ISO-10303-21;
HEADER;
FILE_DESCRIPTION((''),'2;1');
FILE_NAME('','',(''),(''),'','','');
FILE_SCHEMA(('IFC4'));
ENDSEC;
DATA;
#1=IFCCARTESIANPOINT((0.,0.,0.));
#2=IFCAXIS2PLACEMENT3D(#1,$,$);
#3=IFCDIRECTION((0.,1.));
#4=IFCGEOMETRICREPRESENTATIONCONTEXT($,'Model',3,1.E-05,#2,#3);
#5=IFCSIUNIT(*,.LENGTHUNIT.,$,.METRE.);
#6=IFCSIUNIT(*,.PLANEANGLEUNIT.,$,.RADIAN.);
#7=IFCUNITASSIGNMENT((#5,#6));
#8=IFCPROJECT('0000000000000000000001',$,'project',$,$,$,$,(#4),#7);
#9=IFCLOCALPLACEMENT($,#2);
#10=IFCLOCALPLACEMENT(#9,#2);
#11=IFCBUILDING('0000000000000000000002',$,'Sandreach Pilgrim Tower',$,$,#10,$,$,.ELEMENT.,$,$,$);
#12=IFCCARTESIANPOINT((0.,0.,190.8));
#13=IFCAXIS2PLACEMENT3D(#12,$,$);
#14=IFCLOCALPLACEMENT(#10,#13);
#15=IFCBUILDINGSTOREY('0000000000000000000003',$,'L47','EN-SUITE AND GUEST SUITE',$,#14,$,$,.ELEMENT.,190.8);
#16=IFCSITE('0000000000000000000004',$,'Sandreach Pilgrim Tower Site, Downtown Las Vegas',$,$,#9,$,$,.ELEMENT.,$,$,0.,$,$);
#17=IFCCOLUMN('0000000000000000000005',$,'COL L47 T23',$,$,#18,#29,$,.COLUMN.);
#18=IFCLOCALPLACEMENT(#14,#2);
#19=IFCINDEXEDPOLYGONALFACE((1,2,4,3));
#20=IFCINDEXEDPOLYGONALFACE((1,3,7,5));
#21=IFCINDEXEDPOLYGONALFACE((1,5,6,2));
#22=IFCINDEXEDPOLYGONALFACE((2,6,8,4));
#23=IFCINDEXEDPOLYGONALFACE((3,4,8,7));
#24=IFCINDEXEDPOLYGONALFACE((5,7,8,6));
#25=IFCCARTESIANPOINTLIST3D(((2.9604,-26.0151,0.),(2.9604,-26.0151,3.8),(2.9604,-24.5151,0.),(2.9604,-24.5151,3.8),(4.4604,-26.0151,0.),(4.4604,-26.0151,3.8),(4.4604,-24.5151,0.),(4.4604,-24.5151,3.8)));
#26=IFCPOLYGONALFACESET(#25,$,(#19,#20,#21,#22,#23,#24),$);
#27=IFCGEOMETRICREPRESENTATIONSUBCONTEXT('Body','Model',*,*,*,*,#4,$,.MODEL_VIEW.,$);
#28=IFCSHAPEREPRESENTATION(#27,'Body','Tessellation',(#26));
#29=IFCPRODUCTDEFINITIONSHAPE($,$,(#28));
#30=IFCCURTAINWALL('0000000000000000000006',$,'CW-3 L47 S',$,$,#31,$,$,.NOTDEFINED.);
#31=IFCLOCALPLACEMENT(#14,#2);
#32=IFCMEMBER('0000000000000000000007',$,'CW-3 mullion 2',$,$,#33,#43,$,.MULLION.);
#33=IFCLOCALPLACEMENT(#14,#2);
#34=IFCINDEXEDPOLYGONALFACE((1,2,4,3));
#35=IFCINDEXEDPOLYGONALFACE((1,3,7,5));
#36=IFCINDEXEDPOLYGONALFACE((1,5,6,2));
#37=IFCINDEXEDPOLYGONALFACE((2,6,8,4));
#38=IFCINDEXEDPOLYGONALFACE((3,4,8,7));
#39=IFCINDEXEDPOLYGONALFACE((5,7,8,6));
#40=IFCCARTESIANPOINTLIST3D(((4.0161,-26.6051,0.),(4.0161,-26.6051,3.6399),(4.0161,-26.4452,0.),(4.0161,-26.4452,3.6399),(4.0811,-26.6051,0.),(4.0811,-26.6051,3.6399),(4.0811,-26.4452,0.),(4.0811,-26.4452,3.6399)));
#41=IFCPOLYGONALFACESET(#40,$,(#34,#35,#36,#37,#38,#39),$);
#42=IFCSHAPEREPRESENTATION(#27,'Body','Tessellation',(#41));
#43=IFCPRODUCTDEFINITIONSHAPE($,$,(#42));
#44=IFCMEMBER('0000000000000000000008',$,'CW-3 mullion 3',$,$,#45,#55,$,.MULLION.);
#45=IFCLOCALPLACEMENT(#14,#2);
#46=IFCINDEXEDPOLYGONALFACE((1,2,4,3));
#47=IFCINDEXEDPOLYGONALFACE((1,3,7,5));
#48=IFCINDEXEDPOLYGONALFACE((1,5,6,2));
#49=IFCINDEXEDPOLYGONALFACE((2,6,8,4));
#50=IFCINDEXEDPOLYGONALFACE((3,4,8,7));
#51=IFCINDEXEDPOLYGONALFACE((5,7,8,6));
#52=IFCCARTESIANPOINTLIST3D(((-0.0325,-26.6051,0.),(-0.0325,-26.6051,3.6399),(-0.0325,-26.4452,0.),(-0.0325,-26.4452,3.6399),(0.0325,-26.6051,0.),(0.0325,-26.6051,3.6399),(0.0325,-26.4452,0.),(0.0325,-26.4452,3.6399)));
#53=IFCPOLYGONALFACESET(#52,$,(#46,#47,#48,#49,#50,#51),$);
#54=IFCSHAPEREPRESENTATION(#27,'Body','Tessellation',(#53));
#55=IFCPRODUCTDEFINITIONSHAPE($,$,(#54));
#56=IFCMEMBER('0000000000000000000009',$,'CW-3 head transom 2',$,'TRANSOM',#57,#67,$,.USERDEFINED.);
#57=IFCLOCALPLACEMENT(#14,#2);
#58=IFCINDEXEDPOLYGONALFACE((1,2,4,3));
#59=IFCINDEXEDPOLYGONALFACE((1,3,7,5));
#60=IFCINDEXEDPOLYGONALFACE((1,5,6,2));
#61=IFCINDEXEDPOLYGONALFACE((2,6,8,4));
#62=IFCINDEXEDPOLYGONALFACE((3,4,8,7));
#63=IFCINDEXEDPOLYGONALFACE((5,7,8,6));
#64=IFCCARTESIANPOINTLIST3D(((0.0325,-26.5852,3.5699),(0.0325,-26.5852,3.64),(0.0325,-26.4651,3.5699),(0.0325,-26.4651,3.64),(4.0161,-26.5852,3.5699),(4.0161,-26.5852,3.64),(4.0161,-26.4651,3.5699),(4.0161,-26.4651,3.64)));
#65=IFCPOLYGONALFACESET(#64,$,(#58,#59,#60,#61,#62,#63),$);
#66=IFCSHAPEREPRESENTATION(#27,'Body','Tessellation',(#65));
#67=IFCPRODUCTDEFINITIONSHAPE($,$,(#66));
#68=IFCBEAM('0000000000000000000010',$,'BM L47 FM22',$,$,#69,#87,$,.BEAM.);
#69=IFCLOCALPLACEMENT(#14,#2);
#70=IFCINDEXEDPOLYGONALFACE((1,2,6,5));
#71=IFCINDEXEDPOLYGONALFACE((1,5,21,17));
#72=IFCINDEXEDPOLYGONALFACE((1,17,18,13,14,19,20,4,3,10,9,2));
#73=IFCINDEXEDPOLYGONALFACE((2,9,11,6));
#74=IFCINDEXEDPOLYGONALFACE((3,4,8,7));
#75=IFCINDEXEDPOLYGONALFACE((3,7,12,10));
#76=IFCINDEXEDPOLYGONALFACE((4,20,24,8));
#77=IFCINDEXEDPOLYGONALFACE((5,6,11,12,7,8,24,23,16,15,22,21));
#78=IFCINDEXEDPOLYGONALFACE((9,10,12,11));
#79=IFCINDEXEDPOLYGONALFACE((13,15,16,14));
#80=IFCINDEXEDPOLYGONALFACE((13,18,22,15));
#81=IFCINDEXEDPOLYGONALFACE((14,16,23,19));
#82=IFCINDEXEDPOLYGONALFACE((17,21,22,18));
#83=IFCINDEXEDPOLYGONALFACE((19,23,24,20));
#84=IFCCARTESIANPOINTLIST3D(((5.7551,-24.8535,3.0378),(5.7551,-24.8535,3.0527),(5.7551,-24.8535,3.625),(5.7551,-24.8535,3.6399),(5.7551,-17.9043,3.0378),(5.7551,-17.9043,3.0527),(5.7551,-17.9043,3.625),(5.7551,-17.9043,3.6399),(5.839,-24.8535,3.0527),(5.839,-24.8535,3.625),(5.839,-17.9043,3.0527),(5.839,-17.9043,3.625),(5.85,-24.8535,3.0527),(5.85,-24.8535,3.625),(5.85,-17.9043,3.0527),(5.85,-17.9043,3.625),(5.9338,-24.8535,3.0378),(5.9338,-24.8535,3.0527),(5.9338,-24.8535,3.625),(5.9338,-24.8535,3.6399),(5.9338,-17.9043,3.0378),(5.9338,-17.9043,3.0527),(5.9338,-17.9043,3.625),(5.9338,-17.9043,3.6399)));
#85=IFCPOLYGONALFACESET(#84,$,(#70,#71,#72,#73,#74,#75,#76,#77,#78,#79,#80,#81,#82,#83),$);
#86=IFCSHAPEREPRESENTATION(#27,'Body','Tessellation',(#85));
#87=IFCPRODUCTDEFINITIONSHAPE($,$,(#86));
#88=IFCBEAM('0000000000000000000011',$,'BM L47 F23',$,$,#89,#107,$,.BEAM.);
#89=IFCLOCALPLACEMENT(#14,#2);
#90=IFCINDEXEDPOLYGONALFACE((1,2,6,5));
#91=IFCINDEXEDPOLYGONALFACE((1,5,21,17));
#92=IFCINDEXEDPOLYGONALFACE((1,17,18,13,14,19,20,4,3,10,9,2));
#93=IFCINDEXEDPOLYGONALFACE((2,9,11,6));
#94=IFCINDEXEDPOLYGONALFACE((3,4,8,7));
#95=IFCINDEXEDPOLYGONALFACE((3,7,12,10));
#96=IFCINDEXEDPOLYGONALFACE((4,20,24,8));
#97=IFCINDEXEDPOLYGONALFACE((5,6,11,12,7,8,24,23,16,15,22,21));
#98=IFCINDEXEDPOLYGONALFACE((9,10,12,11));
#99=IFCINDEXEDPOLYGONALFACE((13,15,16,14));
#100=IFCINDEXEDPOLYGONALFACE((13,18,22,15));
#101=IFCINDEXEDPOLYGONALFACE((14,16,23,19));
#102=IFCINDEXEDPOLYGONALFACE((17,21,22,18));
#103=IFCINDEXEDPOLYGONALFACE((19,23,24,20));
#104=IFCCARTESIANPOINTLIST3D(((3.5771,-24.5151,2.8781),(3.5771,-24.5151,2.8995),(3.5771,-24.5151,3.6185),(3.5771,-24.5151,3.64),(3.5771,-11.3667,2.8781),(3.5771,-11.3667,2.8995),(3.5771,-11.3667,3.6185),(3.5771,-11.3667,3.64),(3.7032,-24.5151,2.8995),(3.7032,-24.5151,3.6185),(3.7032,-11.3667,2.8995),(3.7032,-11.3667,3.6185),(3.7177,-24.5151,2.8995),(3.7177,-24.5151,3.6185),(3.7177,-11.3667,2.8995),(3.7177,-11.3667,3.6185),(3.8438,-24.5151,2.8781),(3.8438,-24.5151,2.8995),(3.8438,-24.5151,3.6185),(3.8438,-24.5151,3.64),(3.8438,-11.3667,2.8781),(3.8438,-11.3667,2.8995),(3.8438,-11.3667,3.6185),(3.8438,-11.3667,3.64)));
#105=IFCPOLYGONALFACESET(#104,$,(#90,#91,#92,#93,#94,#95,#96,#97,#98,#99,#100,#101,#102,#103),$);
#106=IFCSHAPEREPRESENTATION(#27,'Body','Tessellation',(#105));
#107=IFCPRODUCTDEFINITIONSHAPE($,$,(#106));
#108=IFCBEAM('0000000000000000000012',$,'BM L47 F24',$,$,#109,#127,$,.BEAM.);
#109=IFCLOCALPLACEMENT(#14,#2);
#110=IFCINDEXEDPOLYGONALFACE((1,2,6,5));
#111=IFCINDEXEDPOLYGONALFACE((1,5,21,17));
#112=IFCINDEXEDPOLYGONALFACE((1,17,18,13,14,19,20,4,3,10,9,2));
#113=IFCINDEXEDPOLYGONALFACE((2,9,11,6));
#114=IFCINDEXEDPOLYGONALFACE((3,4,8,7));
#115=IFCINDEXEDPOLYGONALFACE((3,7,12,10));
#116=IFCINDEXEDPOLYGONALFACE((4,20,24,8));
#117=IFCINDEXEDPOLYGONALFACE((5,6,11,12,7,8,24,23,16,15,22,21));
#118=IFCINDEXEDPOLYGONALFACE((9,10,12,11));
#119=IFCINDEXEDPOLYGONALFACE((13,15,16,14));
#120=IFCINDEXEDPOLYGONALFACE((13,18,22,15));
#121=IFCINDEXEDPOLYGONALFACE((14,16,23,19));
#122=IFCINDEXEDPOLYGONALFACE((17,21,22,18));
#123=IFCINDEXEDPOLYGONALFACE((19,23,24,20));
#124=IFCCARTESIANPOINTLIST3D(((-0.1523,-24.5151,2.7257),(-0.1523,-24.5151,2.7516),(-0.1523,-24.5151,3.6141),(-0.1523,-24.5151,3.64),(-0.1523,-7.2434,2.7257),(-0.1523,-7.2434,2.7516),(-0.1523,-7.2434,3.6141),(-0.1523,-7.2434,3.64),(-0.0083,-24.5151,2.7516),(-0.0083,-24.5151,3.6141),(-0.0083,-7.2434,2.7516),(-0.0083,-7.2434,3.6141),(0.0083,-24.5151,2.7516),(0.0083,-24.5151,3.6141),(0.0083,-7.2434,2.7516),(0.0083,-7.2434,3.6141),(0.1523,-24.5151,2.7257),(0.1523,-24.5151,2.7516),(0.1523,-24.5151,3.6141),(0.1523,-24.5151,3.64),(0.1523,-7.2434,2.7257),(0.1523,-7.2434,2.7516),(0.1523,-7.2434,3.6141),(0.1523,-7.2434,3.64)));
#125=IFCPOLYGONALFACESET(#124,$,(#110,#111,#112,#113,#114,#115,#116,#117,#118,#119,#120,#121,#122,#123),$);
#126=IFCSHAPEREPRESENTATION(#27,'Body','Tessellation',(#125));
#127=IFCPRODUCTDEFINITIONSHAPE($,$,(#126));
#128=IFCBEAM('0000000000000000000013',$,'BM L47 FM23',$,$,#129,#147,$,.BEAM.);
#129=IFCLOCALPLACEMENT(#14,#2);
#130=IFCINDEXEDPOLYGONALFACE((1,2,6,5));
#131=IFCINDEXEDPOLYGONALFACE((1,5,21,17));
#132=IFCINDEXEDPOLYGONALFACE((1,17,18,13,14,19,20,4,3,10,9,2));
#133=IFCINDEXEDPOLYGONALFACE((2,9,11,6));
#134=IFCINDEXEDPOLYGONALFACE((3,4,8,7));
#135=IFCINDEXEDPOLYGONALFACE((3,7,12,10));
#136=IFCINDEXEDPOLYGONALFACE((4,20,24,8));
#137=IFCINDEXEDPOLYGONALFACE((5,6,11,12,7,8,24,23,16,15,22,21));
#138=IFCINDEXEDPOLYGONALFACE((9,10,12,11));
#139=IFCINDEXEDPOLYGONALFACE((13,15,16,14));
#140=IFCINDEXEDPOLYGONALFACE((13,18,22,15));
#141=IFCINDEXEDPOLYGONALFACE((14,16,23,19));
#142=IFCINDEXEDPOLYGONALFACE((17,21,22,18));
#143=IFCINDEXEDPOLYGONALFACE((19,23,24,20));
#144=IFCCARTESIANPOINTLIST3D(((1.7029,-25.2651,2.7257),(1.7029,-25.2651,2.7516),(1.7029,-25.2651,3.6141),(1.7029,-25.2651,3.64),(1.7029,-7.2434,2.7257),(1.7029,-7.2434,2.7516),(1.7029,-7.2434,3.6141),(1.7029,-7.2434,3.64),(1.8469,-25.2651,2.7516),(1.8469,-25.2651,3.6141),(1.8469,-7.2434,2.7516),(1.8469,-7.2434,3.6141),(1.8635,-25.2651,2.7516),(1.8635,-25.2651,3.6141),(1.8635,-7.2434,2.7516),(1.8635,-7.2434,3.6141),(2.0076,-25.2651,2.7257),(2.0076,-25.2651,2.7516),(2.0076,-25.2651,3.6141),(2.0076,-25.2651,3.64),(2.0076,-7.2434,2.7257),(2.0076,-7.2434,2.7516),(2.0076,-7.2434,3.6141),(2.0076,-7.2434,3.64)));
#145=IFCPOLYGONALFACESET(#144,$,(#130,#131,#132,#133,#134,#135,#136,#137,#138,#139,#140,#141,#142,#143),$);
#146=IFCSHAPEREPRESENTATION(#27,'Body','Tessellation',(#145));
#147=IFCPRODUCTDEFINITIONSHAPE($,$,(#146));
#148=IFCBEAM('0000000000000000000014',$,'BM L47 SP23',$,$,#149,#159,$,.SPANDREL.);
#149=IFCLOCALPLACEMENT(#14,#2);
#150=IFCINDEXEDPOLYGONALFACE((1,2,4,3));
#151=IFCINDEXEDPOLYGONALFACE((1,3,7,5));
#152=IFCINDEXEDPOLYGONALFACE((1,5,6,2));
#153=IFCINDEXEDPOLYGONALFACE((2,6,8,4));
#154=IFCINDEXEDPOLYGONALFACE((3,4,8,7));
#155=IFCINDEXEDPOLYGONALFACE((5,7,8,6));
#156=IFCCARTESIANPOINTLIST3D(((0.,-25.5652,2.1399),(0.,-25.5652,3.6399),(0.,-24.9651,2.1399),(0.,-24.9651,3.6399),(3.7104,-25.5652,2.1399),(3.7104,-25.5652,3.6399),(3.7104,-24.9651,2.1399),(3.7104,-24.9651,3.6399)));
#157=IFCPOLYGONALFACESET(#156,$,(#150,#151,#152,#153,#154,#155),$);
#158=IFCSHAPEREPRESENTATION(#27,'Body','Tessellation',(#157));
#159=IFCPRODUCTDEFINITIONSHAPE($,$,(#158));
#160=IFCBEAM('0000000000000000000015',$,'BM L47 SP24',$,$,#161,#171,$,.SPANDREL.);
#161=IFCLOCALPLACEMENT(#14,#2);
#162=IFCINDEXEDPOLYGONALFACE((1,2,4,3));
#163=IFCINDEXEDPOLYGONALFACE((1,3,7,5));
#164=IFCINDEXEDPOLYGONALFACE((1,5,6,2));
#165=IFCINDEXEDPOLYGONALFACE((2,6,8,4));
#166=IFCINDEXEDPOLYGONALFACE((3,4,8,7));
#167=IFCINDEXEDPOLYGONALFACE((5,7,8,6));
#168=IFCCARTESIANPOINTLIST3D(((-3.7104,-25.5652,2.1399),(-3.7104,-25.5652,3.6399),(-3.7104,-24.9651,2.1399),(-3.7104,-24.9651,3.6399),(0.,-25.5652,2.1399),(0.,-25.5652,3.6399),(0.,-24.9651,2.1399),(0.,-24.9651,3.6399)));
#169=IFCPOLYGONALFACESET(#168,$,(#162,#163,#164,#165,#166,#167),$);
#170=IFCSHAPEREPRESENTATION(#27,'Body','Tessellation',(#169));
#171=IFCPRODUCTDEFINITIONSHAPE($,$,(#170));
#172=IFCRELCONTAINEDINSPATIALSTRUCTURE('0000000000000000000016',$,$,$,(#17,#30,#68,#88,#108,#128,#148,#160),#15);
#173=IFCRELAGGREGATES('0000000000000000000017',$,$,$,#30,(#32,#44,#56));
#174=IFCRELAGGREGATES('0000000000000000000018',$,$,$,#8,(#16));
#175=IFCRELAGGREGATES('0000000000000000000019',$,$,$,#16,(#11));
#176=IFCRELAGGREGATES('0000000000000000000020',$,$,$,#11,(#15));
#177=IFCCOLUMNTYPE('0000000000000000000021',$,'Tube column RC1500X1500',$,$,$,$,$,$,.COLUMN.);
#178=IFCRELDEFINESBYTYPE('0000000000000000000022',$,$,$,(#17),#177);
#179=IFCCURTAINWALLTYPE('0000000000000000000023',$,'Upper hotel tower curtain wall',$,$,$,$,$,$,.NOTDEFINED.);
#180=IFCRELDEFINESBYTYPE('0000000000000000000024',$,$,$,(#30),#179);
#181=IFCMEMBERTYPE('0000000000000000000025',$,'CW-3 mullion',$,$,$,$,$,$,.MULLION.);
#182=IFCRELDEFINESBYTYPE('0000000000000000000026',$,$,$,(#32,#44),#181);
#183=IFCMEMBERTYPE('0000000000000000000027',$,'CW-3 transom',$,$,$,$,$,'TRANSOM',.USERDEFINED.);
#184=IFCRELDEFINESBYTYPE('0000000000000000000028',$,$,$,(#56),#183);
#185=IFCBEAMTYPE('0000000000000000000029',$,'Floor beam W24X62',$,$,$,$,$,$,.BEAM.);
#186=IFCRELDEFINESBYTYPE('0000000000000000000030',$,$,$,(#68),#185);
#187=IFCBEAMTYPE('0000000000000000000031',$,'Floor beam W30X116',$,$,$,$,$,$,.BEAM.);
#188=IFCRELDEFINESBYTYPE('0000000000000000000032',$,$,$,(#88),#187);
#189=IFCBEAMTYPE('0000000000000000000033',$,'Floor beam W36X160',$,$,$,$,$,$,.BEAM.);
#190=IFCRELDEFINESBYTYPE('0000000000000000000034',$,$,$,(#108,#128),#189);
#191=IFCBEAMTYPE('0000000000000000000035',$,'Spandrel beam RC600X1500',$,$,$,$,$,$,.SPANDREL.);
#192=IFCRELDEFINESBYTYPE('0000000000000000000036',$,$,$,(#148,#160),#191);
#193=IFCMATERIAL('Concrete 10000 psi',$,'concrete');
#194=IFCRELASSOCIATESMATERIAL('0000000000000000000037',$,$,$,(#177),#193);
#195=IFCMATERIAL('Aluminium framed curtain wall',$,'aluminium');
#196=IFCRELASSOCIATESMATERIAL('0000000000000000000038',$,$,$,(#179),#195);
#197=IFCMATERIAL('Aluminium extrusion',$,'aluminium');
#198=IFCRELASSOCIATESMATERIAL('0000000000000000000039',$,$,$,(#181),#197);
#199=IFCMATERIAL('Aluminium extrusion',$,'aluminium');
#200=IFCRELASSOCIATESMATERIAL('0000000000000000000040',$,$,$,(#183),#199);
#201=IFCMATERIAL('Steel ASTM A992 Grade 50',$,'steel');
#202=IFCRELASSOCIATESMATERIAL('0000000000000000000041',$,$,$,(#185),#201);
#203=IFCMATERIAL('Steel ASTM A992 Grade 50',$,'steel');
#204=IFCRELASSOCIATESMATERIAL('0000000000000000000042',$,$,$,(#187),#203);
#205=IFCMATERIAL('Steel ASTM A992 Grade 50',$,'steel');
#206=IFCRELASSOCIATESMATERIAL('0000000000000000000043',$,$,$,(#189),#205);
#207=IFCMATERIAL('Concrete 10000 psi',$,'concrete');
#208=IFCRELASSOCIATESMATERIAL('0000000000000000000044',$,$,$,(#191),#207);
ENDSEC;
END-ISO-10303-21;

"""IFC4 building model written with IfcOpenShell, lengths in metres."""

from ifc_helpers import new_model, si_unit, direction, frame, origin, origin_2d, place, context, subcontext, project, spatial, rectangle, i_section, extrude, material, material_profile, profile_set, type_object, element, aggregate, save


model = new_model("IFC4")

# Units and contexts
model_context = context("Model", 3, precision=1e-05, world=origin(), true_north=direction((0.0, 1.0)))
body_context = subcontext(model_context, "Body", "Model", "MODEL_VIEW")
ifc_project = project(units=[si_unit("LENGTHUNIT", "METRE"), si_unit("PLANEANGLEUNIT", "RADIAN")], contexts=[model_context])

# Site, building, storey
site_placement = place(None, origin())
site = spatial("IfcSite", under=ifc_project, at=site_placement, Name="Sandreach Pilgrim Tower Site, Downtown Las Vegas", CompositionType="ELEMENT", RefElevation=0.0)
building_placement = place(site_placement, origin())
building = spatial("IfcBuilding", under=site, at=building_placement, Name="Sandreach Pilgrim Tower", CompositionType="ELEMENT")
storey_placement = place(building_placement, frame((0.0, 0.0, 190.8)))
storey = spatial("IfcBuildingStorey", under=building, at=storey_placement, Name="L47", Description="EN-SUITE AND GUEST SUITE", CompositionType="ELEMENT", Elevation=190.8)

# Column
ifc_material_1 = material(Name="Concrete 10000 psi", Category="concrete")
ifc_material_profile_1 = material_profile(ifc_material_1, rectangle(XDim=1.5, YDim=1.5, at=origin_2d()), Name="RC1500X1500")
ifc_profile_set_1 = profile_set([ifc_material_profile_1], Name="Concrete 10000 psi")
column_type = type_object("IfcColumnType", Name="Tube column RC1500X1500", PredefinedType="COLUMN", material=ifc_profile_set_1)
column_placement = place(storey_placement, frame((3.7104, -25.2651, 0.0), z_axis=(0.0, 0.0, 1.0), x_axis=(0.0, -1.0, 0.0)))
element("IfcColumn", 1, at=column_placement, inside=storey, type_object=column_type, Name="COL L47 T23", PredefinedType="COLUMN", context=body_context, shape_type="SweptSolid", body=[
    extrude(rectangle(XDim=1.5, YDim=1.5, at=origin_2d()), origin(), (0.0, 0.0, 1.0), 3.8),
])

# Curtain wall, members
ifc_material_2 = material(Name="Aluminium framed curtain wall", Category="aluminium")
curtain_wall_type = type_object("IfcCurtainWallType", Name="Upper hotel tower curtain wall", PredefinedType="NOTDEFINED", material=ifc_material_2)
curtain_wall_placement = place(storey_placement, origin())
curtain_wall = element("IfcCurtainWall", 2, at=curtain_wall_placement, inside=storey, type_object=curtain_wall_type, Name="CW-3 L47 S", PredefinedType="NOTDEFINED")
ifc_material_3 = material(Name="Aluminium extrusion", Category="aluminium")
ifc_material_profile_2 = material_profile(ifc_material_3, rectangle(XDim=0.0649, YDim=0.1599, at=origin_2d()), Name="CW-3M 65X160")
ifc_profile_set_2 = profile_set([ifc_material_profile_2], Name="Aluminium extrusion")
member_type_1 = type_object("IfcMemberType", Name="CW-3 mullion", PredefinedType="MULLION", material=ifc_profile_set_2)
member_1_placement = place(storey_placement, frame((4.0486, -26.5251, 0.0), z_axis=(0.0, 0.0, 1.0), x_axis=(-1.0, 0.0, 0.0)))
member_1 = element("IfcMember", 3, at=member_1_placement, type_object=member_type_1, Name="CW-3 mullion 2", PredefinedType="MULLION", context=body_context, shape_type="SweptSolid", body=[
    extrude(rectangle(XDim=0.0649, YDim=0.1599, at=origin_2d()), origin(), (0.0, 0.0, 1.0), 3.6399),
])
member_2_placement = place(storey_placement, frame((0.0, -26.5251, 0.0), z_axis=(0.0, 0.0, 1.0), x_axis=(-1.0, 0.0, 0.0)))
member_2 = element("IfcMember", 4, at=member_2_placement, type_object=member_type_1, Name="CW-3 mullion 3", PredefinedType="MULLION", context=body_context, shape_type="SweptSolid", body=[
    extrude(rectangle(XDim=0.0649, YDim=0.1599, at=origin_2d()), origin(), (0.0, 0.0, 1.0), 3.6399),
])
ifc_material_4 = material(Name="Aluminium extrusion", Category="aluminium")
ifc_material_profile_3 = material_profile(ifc_material_4, rectangle(XDim=0.1201, YDim=0.0701, at=origin_2d()), Name="CW-3T 120X70")
ifc_profile_set_3 = profile_set([ifc_material_profile_3], Name="Aluminium extrusion")
member_type_2 = type_object("IfcMemberType", Name="CW-3 transom", ElementType="TRANSOM", PredefinedType="USERDEFINED", material=ifc_profile_set_3)
member_3_placement = place(storey_placement, frame((4.0161, -26.5251, 3.605), z_axis=(-1.0, 0.0, 0.0), x_axis=(0.0, -1.0, 0.0)))
member_3 = element("IfcMember", 5, at=member_3_placement, type_object=member_type_2, Name="CW-3 head transom 2", ObjectType="TRANSOM", PredefinedType="USERDEFINED", context=body_context, shape_type="SweptSolid", body=[
    extrude(rectangle(XDim=0.1201, YDim=0.0701, at=origin_2d()), origin(), (0.0, 0.0, 1.0), 3.9836),
])

# Beams
ifc_material_5 = material(Name="Steel ASTM A992 Grade 50", Category="steel")
ifc_material_profile_4 = material_profile(ifc_material_5, i_section(OverallWidth=0.1787, OverallDepth=0.6021, WebThickness=0.011, FlangeThickness=0.0149, at=origin_2d()), Name="W24X62")
ifc_profile_set_4 = profile_set([ifc_material_profile_4], Name="Steel ASTM A992 Grade 50")
beam_type_1 = type_object("IfcBeamType", Name="Floor beam W24X62", PredefinedType="BEAM", material=ifc_profile_set_4)
beam_1_placement = place(storey_placement, frame((5.8445, -24.8535, 3.3389), z_axis=(0.0, 1.0, 0.0), x_axis=(-1.0, 0.0, 0.0)))
element("IfcBeam", 6, at=beam_1_placement, inside=storey, type_object=beam_type_1, Name="BM L47 FM22", PredefinedType="BEAM", context=body_context, shape_type="SweptSolid", body=[
    extrude(i_section(OverallWidth=0.1787, OverallDepth=0.6021, WebThickness=0.011, FlangeThickness=0.0149, at=origin_2d()), origin(), (0.0, 0.0, 1.0), 6.9492),
])
ifc_material_6 = material(Name="Steel ASTM A992 Grade 50", Category="steel")
ifc_material_profile_5 = material_profile(ifc_material_6, i_section(OverallWidth=0.2666, OverallDepth=0.762, WebThickness=0.0144, FlangeThickness=0.0215, at=origin_2d()), Name="W30X116")
ifc_profile_set_5 = profile_set([ifc_material_profile_5], Name="Steel ASTM A992 Grade 50")
beam_type_2 = type_object("IfcBeamType", Name="Floor beam W30X116", PredefinedType="BEAM", material=ifc_profile_set_5)
beam_2_placement = place(storey_placement, frame((3.7104, -24.5151, 3.259), z_axis=(0.0, 1.0, 0.0), x_axis=(-1.0, 0.0, 0.0)))
element("IfcBeam", 7, at=beam_2_placement, inside=storey, type_object=beam_type_2, Name="BM L47 F23", PredefinedType="BEAM", context=body_context, shape_type="SweptSolid", body=[
    extrude(i_section(OverallWidth=0.2666, OverallDepth=0.762, WebThickness=0.0144, FlangeThickness=0.0215, at=origin_2d()), origin(), (0.0, 0.0, 1.0), 13.1484),
])
ifc_material_7 = material(Name="Steel ASTM A992 Grade 50", Category="steel")
ifc_material_profile_6 = material_profile(ifc_material_7, i_section(OverallWidth=0.3047, OverallDepth=0.9143, WebThickness=0.0166, FlangeThickness=0.0259, at=origin_2d()), Name="W36X160")
ifc_profile_set_6 = profile_set([ifc_material_profile_6], Name="Steel ASTM A992 Grade 50")
beam_type_3 = type_object("IfcBeamType", Name="Floor beam W36X160", PredefinedType="BEAM", material=ifc_profile_set_6)
beam_3_placement = place(storey_placement, frame((0.0, -24.5151, 3.1829), z_axis=(0.0, 1.0, 0.0), x_axis=(-1.0, 0.0, 0.0)))
element("IfcBeam", 8, at=beam_3_placement, inside=storey, type_object=beam_type_3, Name="BM L47 F24", PredefinedType="BEAM", context=body_context, shape_type="SweptSolid", body=[
    extrude(i_section(OverallWidth=0.3047, OverallDepth=0.9143, WebThickness=0.0166, FlangeThickness=0.0259, at=origin_2d()), origin(), (0.0, 0.0, 1.0), 17.2717),
])
beam_4_placement = place(storey_placement, frame((1.8552, -25.2651, 3.1829), z_axis=(0.0, 1.0, 0.0), x_axis=(-1.0, 0.0, 0.0)))
element("IfcBeam", 9, at=beam_4_placement, inside=storey, type_object=beam_type_3, Name="BM L47 FM23", PredefinedType="BEAM", context=body_context, shape_type="SweptSolid", body=[
    extrude(i_section(OverallWidth=0.3047, OverallDepth=0.9143, WebThickness=0.0166, FlangeThickness=0.0259, at=origin_2d()), origin(), (0.0, 0.0, 1.0), 18.0217),
])
ifc_material_8 = material(Name="Concrete 10000 psi", Category="concrete")
ifc_material_profile_7 = material_profile(ifc_material_8, rectangle(XDim=0.6001, YDim=1.5, at=origin_2d()), Name="RC600X1500")
ifc_profile_set_7 = profile_set([ifc_material_profile_7], Name="Concrete 10000 psi")
beam_type_4 = type_object("IfcBeamType", Name="Spandrel beam RC600X1500", PredefinedType="SPANDREL", material=ifc_profile_set_7)
for number, where, z_axis, x_axis, name in (
    (10, (3.7104, -25.2651, 2.8899), (-1.0, 0.0, 0.0), (0.0, -1.0, 0.0), "BM L47 SP23"),
    (11, (0.0, -25.2651, 2.8899), (-1.0, 0.0, 0.0), (0.0, -1.0, 0.0), "BM L47 SP24"),
):
    element("IfcBeam", number, at=place(storey_placement, frame(where, z_axis=z_axis, x_axis=x_axis)), inside=storey, type_object=beam_type_4, Name=name, PredefinedType="SPANDREL", context=body_context, shape_type="SweptSolid", body=[
        extrude(rectangle(XDim=0.6001, YDim=1.5, at=origin_2d()), origin(), (0.0, 0.0, 1.0), 3.7104),
    ])

aggregate(curtain_wall, [member_1, member_2, member_3])

save(model, "model.ifc")
